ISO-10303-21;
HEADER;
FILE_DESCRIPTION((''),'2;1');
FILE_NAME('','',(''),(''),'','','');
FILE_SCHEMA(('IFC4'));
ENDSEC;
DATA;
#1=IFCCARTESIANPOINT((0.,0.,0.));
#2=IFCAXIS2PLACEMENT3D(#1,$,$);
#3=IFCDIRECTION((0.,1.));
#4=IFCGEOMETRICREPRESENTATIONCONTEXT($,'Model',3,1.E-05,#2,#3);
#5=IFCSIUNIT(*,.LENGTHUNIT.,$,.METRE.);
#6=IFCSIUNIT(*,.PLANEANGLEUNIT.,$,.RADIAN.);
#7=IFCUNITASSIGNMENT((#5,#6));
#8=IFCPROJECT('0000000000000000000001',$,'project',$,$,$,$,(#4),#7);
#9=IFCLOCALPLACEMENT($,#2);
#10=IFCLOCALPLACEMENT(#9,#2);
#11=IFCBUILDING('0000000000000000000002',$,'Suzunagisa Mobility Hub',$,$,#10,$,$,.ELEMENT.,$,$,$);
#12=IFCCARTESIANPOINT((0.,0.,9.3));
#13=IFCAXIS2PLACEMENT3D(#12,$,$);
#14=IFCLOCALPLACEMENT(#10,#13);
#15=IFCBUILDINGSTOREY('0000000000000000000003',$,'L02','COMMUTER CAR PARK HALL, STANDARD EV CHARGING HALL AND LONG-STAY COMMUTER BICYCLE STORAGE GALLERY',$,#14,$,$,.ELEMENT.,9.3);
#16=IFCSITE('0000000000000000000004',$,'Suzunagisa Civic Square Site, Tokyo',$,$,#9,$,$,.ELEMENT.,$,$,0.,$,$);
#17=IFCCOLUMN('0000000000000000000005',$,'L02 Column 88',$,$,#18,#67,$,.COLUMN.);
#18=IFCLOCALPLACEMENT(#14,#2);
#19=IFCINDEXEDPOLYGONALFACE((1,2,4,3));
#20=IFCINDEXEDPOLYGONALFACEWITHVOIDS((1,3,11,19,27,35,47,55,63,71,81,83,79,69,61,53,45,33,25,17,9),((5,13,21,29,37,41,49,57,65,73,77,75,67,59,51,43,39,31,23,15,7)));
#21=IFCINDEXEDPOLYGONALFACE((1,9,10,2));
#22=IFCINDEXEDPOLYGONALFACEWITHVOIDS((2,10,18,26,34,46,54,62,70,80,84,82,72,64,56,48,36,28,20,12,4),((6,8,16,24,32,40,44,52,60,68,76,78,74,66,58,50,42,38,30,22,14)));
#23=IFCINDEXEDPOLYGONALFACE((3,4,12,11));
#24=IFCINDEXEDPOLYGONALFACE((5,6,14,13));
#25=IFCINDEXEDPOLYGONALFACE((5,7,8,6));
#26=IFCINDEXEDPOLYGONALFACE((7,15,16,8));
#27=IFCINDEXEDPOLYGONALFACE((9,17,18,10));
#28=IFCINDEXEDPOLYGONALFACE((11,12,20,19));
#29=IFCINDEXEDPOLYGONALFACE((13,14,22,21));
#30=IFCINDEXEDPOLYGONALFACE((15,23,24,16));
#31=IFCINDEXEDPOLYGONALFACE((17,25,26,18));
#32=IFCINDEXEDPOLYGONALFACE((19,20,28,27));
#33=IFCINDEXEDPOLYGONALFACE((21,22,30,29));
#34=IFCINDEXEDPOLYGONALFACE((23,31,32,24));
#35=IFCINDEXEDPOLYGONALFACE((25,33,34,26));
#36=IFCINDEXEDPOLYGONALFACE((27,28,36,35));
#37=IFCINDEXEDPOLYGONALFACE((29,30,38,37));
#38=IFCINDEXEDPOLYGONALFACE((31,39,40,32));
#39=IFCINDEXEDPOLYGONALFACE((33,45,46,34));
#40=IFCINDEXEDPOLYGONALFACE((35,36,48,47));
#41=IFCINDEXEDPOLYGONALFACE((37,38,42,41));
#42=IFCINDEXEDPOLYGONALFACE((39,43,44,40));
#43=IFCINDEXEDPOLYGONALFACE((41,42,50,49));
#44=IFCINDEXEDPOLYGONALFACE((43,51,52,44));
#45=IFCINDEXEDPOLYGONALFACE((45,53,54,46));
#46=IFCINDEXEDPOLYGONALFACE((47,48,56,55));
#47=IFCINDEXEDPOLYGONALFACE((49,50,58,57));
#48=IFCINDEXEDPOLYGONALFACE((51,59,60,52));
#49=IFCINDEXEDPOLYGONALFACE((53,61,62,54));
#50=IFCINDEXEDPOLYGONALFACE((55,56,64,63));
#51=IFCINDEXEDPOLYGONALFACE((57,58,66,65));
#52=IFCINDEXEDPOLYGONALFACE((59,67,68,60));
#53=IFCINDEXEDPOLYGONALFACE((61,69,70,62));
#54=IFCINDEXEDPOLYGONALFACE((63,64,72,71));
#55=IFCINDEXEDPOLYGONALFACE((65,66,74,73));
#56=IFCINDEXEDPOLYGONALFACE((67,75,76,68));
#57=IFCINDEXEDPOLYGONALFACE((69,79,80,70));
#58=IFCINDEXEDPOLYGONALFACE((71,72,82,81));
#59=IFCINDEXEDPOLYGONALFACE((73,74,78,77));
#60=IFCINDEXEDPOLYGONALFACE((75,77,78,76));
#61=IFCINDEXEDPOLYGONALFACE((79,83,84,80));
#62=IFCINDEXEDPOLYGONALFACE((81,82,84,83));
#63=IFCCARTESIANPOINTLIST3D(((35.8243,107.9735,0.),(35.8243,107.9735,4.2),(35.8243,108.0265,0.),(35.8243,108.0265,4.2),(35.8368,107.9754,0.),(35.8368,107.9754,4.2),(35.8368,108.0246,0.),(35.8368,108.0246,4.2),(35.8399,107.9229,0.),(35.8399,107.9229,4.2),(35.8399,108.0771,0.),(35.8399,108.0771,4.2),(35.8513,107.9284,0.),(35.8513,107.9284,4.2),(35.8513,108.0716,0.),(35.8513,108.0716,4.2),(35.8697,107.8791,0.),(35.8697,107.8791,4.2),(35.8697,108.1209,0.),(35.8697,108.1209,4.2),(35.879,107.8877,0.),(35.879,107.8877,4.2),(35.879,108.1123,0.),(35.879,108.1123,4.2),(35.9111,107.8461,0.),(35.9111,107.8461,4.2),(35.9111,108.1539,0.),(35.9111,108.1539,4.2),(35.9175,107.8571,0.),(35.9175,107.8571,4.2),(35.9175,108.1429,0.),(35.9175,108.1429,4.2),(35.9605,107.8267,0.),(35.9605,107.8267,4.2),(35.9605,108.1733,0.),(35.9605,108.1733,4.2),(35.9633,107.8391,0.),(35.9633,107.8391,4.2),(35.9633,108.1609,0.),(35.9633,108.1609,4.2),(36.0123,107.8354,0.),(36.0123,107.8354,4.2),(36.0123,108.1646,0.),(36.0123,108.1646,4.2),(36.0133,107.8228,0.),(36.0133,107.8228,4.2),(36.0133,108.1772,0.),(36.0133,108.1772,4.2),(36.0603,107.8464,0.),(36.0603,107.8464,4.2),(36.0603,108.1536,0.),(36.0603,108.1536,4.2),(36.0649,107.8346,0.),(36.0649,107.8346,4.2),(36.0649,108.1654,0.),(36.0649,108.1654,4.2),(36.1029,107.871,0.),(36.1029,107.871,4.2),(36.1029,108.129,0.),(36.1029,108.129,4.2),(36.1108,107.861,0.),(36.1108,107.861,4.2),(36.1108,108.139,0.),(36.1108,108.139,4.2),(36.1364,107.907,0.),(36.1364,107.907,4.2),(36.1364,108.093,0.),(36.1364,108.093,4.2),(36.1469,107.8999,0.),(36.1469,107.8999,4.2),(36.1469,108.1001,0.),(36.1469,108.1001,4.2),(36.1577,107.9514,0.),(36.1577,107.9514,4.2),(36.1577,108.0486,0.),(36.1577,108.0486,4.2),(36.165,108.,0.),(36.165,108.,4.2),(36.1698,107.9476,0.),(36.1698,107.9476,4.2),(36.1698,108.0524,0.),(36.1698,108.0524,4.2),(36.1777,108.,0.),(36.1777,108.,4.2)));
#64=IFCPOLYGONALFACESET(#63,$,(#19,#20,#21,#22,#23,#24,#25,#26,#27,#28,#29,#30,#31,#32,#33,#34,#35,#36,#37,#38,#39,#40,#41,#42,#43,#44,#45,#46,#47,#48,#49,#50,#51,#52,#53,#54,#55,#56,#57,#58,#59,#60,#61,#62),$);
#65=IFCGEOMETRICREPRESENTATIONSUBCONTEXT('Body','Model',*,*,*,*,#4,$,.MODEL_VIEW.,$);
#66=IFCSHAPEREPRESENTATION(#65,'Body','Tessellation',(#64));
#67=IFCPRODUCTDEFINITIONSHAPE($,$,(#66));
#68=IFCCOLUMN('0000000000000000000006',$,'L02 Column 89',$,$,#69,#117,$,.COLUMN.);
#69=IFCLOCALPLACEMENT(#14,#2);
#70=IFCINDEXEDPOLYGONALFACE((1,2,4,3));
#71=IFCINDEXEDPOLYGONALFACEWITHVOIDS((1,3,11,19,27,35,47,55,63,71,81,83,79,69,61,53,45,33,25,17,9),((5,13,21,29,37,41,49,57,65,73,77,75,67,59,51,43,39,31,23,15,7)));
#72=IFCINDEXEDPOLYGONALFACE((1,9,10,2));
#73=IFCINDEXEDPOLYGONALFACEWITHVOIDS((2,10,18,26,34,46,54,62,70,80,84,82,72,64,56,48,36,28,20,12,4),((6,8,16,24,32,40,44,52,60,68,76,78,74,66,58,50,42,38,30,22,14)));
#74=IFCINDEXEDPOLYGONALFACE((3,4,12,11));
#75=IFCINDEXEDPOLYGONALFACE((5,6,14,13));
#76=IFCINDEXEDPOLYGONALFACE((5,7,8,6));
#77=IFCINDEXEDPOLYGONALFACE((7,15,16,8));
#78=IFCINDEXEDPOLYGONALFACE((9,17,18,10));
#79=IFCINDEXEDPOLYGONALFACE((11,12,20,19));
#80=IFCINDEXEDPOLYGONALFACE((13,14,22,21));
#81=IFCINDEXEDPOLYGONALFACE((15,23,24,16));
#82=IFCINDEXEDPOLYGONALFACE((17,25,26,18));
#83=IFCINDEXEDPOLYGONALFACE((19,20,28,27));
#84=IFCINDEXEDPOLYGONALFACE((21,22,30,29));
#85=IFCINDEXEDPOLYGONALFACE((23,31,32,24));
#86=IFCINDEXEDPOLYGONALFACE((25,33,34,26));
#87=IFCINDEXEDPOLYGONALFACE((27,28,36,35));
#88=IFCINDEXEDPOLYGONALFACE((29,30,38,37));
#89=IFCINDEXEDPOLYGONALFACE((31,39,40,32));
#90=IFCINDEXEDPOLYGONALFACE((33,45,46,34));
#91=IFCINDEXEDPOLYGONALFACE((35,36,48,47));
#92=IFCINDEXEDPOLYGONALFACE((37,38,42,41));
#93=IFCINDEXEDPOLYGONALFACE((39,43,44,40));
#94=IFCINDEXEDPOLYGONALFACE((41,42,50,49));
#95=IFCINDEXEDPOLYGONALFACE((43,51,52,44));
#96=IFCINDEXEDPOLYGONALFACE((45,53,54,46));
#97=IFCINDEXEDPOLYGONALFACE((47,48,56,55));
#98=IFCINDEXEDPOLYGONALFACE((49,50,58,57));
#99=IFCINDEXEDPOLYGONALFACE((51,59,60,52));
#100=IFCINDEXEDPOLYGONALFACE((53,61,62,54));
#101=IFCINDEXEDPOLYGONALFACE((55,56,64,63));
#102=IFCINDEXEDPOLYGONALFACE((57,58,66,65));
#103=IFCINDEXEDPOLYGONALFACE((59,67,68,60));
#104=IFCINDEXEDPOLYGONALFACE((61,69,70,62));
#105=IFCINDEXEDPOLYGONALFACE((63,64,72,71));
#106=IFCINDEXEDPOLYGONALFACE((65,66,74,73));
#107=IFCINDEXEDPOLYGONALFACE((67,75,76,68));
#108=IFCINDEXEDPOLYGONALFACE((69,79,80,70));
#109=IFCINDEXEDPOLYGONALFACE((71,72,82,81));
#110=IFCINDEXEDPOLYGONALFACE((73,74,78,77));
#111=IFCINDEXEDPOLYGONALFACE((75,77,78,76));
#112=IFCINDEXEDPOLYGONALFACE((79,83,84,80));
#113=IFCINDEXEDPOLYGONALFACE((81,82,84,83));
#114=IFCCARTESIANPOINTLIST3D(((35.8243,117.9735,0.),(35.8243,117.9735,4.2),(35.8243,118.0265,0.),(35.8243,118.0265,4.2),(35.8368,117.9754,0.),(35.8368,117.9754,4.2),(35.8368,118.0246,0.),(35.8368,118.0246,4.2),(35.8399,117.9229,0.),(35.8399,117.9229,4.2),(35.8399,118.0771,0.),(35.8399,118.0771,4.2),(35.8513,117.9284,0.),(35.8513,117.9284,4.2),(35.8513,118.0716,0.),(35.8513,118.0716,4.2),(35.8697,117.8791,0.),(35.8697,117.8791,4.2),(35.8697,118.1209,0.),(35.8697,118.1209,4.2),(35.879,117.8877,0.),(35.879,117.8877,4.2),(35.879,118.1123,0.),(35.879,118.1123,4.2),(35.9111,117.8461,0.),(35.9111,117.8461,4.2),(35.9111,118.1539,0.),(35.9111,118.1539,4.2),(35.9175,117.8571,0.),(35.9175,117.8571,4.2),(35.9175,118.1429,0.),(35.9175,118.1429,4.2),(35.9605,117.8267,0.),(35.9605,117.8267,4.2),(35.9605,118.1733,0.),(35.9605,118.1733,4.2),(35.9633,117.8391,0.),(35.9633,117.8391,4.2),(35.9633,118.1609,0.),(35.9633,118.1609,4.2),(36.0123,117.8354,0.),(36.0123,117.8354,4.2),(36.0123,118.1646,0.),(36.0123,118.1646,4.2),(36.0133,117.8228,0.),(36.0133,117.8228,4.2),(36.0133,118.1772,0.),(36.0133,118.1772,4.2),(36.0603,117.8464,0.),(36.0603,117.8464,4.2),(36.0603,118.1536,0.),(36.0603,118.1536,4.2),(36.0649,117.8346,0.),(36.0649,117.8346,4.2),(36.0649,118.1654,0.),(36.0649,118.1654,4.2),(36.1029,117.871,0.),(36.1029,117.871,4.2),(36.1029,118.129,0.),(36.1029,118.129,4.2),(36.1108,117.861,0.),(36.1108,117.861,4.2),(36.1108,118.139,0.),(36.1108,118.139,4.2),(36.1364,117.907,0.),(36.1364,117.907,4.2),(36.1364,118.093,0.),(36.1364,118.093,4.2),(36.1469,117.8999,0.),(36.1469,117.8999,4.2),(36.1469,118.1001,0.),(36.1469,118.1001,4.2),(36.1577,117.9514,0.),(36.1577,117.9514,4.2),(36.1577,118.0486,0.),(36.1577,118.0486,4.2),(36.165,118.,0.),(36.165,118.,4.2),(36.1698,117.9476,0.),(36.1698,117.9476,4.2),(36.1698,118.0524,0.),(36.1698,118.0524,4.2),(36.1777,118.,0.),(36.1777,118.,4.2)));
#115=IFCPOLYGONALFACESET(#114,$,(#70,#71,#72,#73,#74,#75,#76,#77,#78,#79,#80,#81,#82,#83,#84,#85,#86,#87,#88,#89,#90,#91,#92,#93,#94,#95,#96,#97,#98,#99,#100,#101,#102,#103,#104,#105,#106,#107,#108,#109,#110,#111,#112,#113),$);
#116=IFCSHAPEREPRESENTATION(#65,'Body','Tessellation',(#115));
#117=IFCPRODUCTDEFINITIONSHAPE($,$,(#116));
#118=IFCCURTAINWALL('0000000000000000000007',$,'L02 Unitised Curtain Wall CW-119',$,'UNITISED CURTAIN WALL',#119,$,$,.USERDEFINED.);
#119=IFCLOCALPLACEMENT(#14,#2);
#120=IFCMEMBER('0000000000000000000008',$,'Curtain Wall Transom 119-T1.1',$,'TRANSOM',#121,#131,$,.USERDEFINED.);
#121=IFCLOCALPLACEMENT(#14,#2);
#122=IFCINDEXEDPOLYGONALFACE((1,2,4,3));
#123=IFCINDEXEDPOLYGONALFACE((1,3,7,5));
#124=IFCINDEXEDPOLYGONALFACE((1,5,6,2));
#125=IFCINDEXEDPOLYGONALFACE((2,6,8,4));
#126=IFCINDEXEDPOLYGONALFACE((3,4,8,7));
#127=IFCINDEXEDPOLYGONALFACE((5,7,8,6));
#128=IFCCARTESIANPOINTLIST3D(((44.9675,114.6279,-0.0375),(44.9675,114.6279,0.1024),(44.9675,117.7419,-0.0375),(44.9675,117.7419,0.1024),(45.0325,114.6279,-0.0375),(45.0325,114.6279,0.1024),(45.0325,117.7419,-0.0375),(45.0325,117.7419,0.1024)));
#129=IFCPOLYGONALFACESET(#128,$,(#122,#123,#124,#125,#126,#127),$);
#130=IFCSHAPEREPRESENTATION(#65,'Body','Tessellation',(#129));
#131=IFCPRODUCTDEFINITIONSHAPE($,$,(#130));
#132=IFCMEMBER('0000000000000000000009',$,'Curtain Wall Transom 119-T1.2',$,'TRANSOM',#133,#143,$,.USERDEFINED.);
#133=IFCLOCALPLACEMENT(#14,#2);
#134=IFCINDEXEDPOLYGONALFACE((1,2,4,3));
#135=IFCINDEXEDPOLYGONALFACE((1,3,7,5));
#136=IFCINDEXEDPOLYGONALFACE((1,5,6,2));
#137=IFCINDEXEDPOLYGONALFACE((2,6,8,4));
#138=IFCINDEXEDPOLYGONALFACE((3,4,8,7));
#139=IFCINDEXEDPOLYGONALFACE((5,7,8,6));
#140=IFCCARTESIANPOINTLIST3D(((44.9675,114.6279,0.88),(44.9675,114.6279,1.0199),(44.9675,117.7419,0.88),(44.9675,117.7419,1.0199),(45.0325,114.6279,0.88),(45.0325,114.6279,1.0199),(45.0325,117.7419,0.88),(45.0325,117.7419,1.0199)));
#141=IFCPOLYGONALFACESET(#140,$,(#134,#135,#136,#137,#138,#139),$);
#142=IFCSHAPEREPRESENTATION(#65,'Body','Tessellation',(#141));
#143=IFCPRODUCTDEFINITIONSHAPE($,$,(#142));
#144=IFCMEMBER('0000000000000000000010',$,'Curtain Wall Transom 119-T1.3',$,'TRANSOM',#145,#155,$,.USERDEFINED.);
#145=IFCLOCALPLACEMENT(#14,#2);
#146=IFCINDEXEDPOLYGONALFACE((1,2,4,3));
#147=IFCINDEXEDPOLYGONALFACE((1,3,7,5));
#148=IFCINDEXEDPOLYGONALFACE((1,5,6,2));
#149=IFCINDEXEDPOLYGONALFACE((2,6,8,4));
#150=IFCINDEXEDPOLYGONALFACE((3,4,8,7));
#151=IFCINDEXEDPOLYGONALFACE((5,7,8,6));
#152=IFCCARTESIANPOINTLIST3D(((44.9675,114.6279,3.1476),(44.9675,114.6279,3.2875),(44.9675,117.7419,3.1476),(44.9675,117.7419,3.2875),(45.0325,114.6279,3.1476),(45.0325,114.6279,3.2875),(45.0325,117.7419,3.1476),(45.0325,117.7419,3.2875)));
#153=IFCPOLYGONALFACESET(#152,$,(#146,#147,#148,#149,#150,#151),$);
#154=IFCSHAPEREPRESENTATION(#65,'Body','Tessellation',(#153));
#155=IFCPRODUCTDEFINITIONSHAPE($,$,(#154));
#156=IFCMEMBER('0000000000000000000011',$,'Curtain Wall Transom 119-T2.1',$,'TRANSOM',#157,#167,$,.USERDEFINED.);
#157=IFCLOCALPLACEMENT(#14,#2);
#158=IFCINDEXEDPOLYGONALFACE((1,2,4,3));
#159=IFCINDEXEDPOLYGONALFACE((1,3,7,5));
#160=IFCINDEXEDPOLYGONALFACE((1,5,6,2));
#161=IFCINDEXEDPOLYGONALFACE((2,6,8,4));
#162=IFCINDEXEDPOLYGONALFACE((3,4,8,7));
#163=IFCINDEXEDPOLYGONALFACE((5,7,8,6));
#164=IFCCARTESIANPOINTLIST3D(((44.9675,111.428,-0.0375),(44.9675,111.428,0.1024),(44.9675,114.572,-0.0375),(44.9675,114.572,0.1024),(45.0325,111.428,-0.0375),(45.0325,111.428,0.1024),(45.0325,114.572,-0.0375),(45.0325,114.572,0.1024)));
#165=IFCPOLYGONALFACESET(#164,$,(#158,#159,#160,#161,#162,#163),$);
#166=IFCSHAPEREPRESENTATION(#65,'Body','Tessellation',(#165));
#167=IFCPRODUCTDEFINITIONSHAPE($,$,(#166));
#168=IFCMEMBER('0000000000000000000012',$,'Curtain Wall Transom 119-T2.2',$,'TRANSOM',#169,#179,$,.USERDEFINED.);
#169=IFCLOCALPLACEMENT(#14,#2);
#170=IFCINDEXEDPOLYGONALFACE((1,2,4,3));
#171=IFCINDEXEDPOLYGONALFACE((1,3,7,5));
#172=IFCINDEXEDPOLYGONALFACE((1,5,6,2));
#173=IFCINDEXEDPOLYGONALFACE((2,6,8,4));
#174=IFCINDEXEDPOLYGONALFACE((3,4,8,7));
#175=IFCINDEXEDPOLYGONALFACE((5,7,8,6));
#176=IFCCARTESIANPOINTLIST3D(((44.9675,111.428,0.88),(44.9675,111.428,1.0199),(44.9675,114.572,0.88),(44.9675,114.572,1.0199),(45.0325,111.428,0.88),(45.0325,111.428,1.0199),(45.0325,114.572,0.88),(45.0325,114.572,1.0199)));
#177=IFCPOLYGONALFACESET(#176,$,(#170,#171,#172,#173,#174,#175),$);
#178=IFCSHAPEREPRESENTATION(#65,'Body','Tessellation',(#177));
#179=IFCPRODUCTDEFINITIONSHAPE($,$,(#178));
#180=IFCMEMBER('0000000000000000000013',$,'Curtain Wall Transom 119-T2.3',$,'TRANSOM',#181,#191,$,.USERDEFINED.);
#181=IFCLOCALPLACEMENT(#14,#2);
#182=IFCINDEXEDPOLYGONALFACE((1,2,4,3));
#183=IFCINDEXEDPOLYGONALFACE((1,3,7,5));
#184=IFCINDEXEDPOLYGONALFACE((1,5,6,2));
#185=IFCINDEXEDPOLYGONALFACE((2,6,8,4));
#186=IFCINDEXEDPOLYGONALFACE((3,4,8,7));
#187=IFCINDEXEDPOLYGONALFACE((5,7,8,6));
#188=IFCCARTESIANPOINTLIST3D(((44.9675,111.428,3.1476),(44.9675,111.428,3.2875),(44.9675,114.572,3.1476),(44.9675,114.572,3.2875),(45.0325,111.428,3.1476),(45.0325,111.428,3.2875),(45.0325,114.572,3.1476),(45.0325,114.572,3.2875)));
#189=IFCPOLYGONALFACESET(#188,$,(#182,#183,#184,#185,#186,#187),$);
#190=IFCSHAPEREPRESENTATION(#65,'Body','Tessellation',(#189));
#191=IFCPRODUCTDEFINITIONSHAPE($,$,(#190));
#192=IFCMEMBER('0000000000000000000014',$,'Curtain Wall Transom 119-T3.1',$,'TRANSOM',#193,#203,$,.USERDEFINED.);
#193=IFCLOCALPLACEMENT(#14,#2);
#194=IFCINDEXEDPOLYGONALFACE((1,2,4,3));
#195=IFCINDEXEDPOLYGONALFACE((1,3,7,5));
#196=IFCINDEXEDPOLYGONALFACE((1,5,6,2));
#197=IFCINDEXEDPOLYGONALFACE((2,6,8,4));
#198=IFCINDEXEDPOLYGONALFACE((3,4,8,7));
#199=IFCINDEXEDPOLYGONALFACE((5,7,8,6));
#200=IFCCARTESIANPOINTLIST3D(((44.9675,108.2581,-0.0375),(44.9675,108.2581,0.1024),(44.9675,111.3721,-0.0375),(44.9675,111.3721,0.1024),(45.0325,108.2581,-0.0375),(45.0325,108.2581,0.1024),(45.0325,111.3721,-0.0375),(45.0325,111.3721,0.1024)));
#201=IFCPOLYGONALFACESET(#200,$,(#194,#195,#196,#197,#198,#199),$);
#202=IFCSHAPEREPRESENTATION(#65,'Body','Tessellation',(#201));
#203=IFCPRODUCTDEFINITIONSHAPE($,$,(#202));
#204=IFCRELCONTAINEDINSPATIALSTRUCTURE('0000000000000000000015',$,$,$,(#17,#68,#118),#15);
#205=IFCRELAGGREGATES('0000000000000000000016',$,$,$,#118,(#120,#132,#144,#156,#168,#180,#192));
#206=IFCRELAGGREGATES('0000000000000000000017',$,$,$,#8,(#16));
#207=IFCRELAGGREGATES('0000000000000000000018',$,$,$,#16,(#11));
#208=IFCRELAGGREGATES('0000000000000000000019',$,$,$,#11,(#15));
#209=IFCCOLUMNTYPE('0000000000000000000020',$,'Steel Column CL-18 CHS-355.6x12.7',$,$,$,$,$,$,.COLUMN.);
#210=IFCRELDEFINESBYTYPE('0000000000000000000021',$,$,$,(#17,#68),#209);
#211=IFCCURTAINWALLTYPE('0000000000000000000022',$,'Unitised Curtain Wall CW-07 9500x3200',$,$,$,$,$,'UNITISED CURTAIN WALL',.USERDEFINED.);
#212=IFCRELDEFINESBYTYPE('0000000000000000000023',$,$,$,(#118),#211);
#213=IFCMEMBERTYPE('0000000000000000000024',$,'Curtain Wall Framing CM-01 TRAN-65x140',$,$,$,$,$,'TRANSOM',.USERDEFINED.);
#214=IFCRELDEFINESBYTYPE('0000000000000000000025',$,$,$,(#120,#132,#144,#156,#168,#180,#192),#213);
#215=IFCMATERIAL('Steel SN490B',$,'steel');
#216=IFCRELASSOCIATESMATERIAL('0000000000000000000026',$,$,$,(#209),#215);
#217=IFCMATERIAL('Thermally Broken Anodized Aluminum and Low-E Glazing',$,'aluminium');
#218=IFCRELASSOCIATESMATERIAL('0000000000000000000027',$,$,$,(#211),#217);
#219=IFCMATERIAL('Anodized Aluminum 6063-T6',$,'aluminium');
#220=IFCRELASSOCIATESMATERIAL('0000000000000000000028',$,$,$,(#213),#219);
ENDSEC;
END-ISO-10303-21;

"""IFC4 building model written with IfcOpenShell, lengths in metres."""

from ifc_helpers import new_model, si_unit, direction, frame, origin, origin_2d, place, context, subcontext, project, spatial, rectangle, hollow_circle, extrude, material, material_profile, profile_set, type_object, element, aggregate, save


model = new_model("IFC4")

# Units and contexts
model_context = context("Model", 3, precision=1e-05, world=origin(), true_north=direction((0.0, 1.0)))
body_context = subcontext(model_context, "Body", "Model", "MODEL_VIEW")
ifc_project = project(units=[si_unit("LENGTHUNIT", "METRE"), si_unit("PLANEANGLEUNIT", "RADIAN")], contexts=[model_context])

# Site, building, storey
site_placement = place(None, origin())
site = spatial("IfcSite", under=ifc_project, at=site_placement, Name="Suzunagisa Civic Square Site, Tokyo", CompositionType="ELEMENT", RefElevation=0.0)
building_placement = place(site_placement, origin())
building = spatial("IfcBuilding", under=site, at=building_placement, Name="Suzunagisa Mobility Hub", CompositionType="ELEMENT")
storey_placement = place(building_placement, frame((0.0, 0.0, 9.3)))
storey = spatial("IfcBuildingStorey", under=building, at=storey_placement, Name="L02", Description="COMMUTER CAR PARK HALL, STANDARD EV CHARGING HALL AND LONG-STAY COMMUTER BICYCLE STORAGE GALLERY", CompositionType="ELEMENT", Elevation=9.3)

# Columns
ifc_material_1 = material(Name="Steel SN490B", Category="steel")
ifc_material_profile_1 = material_profile(ifc_material_1, hollow_circle(Radius=0.1777, WallThickness=0.0127, at=origin_2d()), Name="CHS-355.6x12.7")
ifc_profile_set_1 = profile_set([ifc_material_profile_1], Name="Steel SN490B")
column_type_1 = type_object("IfcColumnType", Name="Steel Column CL-18 CHS-355.6x12.7", PredefinedType="COLUMN", material=ifc_profile_set_1)
for number, where, z_axis, x_axis, name in (
    (1, (36.0, 108.0, 0.0), (0.0, 0.0, 1.0), (1.0, 0.0, 0.0), "L02 Column 88"),
    (2, (36.0, 118.0, 0.0), (0.0, 0.0, 1.0), (1.0, 0.0, 0.0), "L02 Column 89"),
):
    element("IfcColumn", number, at=place(storey_placement, frame(where, z_axis=z_axis, x_axis=x_axis)), inside=storey, type_object=column_type_1, Name=name, PredefinedType="COLUMN", context=body_context, shape_type="SweptSolid", body=[
        extrude(hollow_circle(Radius=0.1777, WallThickness=0.0127, at=origin_2d()), origin(), (0.0, 0.0, 1.0), 4.2),
    ])

# Curtain wall, members
ifc_material_2 = material(Name="Thermally Broken Anodized Aluminum and Low-E Glazing", Category="aluminium")
curtain_wall_type = type_object("IfcCurtainWallType", Name="Unitised Curtain Wall CW-07 9500x3200", ElementType="UNITISED CURTAIN WALL", PredefinedType="USERDEFINED", material=ifc_material_2)
curtain_wall_placement = place(storey_placement, origin())
curtain_wall = element("IfcCurtainWall", 3, at=curtain_wall_placement, inside=storey, type_object=curtain_wall_type, Name="L02 Unitised Curtain Wall CW-119", ObjectType="UNITISED CURTAIN WALL", PredefinedType="USERDEFINED")
ifc_material_3 = material(Name="Anodized Aluminum 6063-T6", Category="aluminium")
ifc_material_profile_2 = material_profile(ifc_material_3, rectangle(XDim=0.0649, YDim=0.1399, at=origin_2d()), Name="TRAN-65x140")
ifc_profile_set_2 = profile_set([ifc_material_profile_2], Name="Anodized Aluminum 6063-T6")
member_type_1 = type_object("IfcMemberType", Name="Curtain Wall Framing CM-01 TRAN-65x140", ElementType="TRANSOM", PredefinedType="USERDEFINED", material=ifc_profile_set_2)
member_1_placement = place(storey_placement, frame((45.0, 117.7419, 0.0325), z_axis=(0.0, -1.0, 0.0), x_axis=(1.0, 0.0, 0.0)))
member_1 = element("IfcMember", 4, at=member_1_placement, type_object=member_type_1, Name="Curtain Wall Transom 119-T1.1", ObjectType="TRANSOM", PredefinedType="USERDEFINED", context=body_context, shape_type="SweptSolid", body=[
    extrude(rectangle(XDim=0.0649, YDim=0.1399, at=origin_2d()), origin(), (0.0, 0.0, 1.0), 3.114),
])
member_2_placement = place(storey_placement, frame((45.0, 117.7419, 0.95), z_axis=(0.0, -1.0, 0.0), x_axis=(1.0, 0.0, 0.0)))
member_2 = element("IfcMember", 5, at=member_2_placement, type_object=member_type_1, Name="Curtain Wall Transom 119-T1.2", ObjectType="TRANSOM", PredefinedType="USERDEFINED", context=body_context, shape_type="SweptSolid", body=[
    extrude(rectangle(XDim=0.0649, YDim=0.1399, at=origin_2d()), origin(), (0.0, 0.0, 1.0), 3.114),
])
member_3_placement = place(storey_placement, frame((45.0, 117.7419, 3.2175), z_axis=(0.0, -1.0, 0.0), x_axis=(1.0, 0.0, 0.0)))
member_3 = element("IfcMember", 6, at=member_3_placement, type_object=member_type_1, Name="Curtain Wall Transom 119-T1.3", ObjectType="TRANSOM", PredefinedType="USERDEFINED", context=body_context, shape_type="SweptSolid", body=[
    extrude(rectangle(XDim=0.0649, YDim=0.1399, at=origin_2d()), origin(), (0.0, 0.0, 1.0), 3.114),
])
member_4_placement = place(storey_placement, frame((45.0, 114.572, 0.0325), z_axis=(0.0, -1.0, 0.0), x_axis=(1.0, 0.0, 0.0)))
member_4 = element("IfcMember", 7, at=member_4_placement, type_object=member_type_1, Name="Curtain Wall Transom 119-T2.1", ObjectType="TRANSOM", PredefinedType="USERDEFINED", context=body_context, shape_type="SweptSolid", body=[
    extrude(rectangle(XDim=0.0649, YDim=0.1399, at=origin_2d()), origin(), (0.0, 0.0, 1.0), 3.144),
])
member_5_placement = place(storey_placement, frame((45.0, 114.572, 0.95), z_axis=(0.0, -1.0, 0.0), x_axis=(1.0, 0.0, 0.0)))
member_5 = element("IfcMember", 8, at=member_5_placement, type_object=member_type_1, Name="Curtain Wall Transom 119-T2.2", ObjectType="TRANSOM", PredefinedType="USERDEFINED", context=body_context, shape_type="SweptSolid", body=[
    extrude(rectangle(XDim=0.0649, YDim=0.1399, at=origin_2d()), origin(), (0.0, 0.0, 1.0), 3.144),
])
member_6_placement = place(storey_placement, frame((45.0, 114.572, 3.2175), z_axis=(0.0, -1.0, 0.0), x_axis=(1.0, 0.0, 0.0)))
member_6 = element("IfcMember", 9, at=member_6_placement, type_object=member_type_1, Name="Curtain Wall Transom 119-T2.3", ObjectType="TRANSOM", PredefinedType="USERDEFINED", context=body_context, shape_type="SweptSolid", body=[
    extrude(rectangle(XDim=0.0649, YDim=0.1399, at=origin_2d()), origin(), (0.0, 0.0, 1.0), 3.144),
])
member_7_placement = place(storey_placement, frame((45.0, 111.3721, 0.0325), z_axis=(0.0, -1.0, 0.0), x_axis=(1.0, 0.0, 0.0)))
member_7 = element("IfcMember", 10, at=member_7_placement, type_object=member_type_1, Name="Curtain Wall Transom 119-T3.1", ObjectType="TRANSOM", PredefinedType="USERDEFINED", context=body_context, shape_type="SweptSolid", body=[
    extrude(rectangle(XDim=0.0649, YDim=0.1399, at=origin_2d()), origin(), (0.0, 0.0, 1.0), 3.114),
])

aggregate(curtain_wall, [member_1, member_2, member_3, member_4, member_5, member_6, member_7])

save(model, "model.ifc")
